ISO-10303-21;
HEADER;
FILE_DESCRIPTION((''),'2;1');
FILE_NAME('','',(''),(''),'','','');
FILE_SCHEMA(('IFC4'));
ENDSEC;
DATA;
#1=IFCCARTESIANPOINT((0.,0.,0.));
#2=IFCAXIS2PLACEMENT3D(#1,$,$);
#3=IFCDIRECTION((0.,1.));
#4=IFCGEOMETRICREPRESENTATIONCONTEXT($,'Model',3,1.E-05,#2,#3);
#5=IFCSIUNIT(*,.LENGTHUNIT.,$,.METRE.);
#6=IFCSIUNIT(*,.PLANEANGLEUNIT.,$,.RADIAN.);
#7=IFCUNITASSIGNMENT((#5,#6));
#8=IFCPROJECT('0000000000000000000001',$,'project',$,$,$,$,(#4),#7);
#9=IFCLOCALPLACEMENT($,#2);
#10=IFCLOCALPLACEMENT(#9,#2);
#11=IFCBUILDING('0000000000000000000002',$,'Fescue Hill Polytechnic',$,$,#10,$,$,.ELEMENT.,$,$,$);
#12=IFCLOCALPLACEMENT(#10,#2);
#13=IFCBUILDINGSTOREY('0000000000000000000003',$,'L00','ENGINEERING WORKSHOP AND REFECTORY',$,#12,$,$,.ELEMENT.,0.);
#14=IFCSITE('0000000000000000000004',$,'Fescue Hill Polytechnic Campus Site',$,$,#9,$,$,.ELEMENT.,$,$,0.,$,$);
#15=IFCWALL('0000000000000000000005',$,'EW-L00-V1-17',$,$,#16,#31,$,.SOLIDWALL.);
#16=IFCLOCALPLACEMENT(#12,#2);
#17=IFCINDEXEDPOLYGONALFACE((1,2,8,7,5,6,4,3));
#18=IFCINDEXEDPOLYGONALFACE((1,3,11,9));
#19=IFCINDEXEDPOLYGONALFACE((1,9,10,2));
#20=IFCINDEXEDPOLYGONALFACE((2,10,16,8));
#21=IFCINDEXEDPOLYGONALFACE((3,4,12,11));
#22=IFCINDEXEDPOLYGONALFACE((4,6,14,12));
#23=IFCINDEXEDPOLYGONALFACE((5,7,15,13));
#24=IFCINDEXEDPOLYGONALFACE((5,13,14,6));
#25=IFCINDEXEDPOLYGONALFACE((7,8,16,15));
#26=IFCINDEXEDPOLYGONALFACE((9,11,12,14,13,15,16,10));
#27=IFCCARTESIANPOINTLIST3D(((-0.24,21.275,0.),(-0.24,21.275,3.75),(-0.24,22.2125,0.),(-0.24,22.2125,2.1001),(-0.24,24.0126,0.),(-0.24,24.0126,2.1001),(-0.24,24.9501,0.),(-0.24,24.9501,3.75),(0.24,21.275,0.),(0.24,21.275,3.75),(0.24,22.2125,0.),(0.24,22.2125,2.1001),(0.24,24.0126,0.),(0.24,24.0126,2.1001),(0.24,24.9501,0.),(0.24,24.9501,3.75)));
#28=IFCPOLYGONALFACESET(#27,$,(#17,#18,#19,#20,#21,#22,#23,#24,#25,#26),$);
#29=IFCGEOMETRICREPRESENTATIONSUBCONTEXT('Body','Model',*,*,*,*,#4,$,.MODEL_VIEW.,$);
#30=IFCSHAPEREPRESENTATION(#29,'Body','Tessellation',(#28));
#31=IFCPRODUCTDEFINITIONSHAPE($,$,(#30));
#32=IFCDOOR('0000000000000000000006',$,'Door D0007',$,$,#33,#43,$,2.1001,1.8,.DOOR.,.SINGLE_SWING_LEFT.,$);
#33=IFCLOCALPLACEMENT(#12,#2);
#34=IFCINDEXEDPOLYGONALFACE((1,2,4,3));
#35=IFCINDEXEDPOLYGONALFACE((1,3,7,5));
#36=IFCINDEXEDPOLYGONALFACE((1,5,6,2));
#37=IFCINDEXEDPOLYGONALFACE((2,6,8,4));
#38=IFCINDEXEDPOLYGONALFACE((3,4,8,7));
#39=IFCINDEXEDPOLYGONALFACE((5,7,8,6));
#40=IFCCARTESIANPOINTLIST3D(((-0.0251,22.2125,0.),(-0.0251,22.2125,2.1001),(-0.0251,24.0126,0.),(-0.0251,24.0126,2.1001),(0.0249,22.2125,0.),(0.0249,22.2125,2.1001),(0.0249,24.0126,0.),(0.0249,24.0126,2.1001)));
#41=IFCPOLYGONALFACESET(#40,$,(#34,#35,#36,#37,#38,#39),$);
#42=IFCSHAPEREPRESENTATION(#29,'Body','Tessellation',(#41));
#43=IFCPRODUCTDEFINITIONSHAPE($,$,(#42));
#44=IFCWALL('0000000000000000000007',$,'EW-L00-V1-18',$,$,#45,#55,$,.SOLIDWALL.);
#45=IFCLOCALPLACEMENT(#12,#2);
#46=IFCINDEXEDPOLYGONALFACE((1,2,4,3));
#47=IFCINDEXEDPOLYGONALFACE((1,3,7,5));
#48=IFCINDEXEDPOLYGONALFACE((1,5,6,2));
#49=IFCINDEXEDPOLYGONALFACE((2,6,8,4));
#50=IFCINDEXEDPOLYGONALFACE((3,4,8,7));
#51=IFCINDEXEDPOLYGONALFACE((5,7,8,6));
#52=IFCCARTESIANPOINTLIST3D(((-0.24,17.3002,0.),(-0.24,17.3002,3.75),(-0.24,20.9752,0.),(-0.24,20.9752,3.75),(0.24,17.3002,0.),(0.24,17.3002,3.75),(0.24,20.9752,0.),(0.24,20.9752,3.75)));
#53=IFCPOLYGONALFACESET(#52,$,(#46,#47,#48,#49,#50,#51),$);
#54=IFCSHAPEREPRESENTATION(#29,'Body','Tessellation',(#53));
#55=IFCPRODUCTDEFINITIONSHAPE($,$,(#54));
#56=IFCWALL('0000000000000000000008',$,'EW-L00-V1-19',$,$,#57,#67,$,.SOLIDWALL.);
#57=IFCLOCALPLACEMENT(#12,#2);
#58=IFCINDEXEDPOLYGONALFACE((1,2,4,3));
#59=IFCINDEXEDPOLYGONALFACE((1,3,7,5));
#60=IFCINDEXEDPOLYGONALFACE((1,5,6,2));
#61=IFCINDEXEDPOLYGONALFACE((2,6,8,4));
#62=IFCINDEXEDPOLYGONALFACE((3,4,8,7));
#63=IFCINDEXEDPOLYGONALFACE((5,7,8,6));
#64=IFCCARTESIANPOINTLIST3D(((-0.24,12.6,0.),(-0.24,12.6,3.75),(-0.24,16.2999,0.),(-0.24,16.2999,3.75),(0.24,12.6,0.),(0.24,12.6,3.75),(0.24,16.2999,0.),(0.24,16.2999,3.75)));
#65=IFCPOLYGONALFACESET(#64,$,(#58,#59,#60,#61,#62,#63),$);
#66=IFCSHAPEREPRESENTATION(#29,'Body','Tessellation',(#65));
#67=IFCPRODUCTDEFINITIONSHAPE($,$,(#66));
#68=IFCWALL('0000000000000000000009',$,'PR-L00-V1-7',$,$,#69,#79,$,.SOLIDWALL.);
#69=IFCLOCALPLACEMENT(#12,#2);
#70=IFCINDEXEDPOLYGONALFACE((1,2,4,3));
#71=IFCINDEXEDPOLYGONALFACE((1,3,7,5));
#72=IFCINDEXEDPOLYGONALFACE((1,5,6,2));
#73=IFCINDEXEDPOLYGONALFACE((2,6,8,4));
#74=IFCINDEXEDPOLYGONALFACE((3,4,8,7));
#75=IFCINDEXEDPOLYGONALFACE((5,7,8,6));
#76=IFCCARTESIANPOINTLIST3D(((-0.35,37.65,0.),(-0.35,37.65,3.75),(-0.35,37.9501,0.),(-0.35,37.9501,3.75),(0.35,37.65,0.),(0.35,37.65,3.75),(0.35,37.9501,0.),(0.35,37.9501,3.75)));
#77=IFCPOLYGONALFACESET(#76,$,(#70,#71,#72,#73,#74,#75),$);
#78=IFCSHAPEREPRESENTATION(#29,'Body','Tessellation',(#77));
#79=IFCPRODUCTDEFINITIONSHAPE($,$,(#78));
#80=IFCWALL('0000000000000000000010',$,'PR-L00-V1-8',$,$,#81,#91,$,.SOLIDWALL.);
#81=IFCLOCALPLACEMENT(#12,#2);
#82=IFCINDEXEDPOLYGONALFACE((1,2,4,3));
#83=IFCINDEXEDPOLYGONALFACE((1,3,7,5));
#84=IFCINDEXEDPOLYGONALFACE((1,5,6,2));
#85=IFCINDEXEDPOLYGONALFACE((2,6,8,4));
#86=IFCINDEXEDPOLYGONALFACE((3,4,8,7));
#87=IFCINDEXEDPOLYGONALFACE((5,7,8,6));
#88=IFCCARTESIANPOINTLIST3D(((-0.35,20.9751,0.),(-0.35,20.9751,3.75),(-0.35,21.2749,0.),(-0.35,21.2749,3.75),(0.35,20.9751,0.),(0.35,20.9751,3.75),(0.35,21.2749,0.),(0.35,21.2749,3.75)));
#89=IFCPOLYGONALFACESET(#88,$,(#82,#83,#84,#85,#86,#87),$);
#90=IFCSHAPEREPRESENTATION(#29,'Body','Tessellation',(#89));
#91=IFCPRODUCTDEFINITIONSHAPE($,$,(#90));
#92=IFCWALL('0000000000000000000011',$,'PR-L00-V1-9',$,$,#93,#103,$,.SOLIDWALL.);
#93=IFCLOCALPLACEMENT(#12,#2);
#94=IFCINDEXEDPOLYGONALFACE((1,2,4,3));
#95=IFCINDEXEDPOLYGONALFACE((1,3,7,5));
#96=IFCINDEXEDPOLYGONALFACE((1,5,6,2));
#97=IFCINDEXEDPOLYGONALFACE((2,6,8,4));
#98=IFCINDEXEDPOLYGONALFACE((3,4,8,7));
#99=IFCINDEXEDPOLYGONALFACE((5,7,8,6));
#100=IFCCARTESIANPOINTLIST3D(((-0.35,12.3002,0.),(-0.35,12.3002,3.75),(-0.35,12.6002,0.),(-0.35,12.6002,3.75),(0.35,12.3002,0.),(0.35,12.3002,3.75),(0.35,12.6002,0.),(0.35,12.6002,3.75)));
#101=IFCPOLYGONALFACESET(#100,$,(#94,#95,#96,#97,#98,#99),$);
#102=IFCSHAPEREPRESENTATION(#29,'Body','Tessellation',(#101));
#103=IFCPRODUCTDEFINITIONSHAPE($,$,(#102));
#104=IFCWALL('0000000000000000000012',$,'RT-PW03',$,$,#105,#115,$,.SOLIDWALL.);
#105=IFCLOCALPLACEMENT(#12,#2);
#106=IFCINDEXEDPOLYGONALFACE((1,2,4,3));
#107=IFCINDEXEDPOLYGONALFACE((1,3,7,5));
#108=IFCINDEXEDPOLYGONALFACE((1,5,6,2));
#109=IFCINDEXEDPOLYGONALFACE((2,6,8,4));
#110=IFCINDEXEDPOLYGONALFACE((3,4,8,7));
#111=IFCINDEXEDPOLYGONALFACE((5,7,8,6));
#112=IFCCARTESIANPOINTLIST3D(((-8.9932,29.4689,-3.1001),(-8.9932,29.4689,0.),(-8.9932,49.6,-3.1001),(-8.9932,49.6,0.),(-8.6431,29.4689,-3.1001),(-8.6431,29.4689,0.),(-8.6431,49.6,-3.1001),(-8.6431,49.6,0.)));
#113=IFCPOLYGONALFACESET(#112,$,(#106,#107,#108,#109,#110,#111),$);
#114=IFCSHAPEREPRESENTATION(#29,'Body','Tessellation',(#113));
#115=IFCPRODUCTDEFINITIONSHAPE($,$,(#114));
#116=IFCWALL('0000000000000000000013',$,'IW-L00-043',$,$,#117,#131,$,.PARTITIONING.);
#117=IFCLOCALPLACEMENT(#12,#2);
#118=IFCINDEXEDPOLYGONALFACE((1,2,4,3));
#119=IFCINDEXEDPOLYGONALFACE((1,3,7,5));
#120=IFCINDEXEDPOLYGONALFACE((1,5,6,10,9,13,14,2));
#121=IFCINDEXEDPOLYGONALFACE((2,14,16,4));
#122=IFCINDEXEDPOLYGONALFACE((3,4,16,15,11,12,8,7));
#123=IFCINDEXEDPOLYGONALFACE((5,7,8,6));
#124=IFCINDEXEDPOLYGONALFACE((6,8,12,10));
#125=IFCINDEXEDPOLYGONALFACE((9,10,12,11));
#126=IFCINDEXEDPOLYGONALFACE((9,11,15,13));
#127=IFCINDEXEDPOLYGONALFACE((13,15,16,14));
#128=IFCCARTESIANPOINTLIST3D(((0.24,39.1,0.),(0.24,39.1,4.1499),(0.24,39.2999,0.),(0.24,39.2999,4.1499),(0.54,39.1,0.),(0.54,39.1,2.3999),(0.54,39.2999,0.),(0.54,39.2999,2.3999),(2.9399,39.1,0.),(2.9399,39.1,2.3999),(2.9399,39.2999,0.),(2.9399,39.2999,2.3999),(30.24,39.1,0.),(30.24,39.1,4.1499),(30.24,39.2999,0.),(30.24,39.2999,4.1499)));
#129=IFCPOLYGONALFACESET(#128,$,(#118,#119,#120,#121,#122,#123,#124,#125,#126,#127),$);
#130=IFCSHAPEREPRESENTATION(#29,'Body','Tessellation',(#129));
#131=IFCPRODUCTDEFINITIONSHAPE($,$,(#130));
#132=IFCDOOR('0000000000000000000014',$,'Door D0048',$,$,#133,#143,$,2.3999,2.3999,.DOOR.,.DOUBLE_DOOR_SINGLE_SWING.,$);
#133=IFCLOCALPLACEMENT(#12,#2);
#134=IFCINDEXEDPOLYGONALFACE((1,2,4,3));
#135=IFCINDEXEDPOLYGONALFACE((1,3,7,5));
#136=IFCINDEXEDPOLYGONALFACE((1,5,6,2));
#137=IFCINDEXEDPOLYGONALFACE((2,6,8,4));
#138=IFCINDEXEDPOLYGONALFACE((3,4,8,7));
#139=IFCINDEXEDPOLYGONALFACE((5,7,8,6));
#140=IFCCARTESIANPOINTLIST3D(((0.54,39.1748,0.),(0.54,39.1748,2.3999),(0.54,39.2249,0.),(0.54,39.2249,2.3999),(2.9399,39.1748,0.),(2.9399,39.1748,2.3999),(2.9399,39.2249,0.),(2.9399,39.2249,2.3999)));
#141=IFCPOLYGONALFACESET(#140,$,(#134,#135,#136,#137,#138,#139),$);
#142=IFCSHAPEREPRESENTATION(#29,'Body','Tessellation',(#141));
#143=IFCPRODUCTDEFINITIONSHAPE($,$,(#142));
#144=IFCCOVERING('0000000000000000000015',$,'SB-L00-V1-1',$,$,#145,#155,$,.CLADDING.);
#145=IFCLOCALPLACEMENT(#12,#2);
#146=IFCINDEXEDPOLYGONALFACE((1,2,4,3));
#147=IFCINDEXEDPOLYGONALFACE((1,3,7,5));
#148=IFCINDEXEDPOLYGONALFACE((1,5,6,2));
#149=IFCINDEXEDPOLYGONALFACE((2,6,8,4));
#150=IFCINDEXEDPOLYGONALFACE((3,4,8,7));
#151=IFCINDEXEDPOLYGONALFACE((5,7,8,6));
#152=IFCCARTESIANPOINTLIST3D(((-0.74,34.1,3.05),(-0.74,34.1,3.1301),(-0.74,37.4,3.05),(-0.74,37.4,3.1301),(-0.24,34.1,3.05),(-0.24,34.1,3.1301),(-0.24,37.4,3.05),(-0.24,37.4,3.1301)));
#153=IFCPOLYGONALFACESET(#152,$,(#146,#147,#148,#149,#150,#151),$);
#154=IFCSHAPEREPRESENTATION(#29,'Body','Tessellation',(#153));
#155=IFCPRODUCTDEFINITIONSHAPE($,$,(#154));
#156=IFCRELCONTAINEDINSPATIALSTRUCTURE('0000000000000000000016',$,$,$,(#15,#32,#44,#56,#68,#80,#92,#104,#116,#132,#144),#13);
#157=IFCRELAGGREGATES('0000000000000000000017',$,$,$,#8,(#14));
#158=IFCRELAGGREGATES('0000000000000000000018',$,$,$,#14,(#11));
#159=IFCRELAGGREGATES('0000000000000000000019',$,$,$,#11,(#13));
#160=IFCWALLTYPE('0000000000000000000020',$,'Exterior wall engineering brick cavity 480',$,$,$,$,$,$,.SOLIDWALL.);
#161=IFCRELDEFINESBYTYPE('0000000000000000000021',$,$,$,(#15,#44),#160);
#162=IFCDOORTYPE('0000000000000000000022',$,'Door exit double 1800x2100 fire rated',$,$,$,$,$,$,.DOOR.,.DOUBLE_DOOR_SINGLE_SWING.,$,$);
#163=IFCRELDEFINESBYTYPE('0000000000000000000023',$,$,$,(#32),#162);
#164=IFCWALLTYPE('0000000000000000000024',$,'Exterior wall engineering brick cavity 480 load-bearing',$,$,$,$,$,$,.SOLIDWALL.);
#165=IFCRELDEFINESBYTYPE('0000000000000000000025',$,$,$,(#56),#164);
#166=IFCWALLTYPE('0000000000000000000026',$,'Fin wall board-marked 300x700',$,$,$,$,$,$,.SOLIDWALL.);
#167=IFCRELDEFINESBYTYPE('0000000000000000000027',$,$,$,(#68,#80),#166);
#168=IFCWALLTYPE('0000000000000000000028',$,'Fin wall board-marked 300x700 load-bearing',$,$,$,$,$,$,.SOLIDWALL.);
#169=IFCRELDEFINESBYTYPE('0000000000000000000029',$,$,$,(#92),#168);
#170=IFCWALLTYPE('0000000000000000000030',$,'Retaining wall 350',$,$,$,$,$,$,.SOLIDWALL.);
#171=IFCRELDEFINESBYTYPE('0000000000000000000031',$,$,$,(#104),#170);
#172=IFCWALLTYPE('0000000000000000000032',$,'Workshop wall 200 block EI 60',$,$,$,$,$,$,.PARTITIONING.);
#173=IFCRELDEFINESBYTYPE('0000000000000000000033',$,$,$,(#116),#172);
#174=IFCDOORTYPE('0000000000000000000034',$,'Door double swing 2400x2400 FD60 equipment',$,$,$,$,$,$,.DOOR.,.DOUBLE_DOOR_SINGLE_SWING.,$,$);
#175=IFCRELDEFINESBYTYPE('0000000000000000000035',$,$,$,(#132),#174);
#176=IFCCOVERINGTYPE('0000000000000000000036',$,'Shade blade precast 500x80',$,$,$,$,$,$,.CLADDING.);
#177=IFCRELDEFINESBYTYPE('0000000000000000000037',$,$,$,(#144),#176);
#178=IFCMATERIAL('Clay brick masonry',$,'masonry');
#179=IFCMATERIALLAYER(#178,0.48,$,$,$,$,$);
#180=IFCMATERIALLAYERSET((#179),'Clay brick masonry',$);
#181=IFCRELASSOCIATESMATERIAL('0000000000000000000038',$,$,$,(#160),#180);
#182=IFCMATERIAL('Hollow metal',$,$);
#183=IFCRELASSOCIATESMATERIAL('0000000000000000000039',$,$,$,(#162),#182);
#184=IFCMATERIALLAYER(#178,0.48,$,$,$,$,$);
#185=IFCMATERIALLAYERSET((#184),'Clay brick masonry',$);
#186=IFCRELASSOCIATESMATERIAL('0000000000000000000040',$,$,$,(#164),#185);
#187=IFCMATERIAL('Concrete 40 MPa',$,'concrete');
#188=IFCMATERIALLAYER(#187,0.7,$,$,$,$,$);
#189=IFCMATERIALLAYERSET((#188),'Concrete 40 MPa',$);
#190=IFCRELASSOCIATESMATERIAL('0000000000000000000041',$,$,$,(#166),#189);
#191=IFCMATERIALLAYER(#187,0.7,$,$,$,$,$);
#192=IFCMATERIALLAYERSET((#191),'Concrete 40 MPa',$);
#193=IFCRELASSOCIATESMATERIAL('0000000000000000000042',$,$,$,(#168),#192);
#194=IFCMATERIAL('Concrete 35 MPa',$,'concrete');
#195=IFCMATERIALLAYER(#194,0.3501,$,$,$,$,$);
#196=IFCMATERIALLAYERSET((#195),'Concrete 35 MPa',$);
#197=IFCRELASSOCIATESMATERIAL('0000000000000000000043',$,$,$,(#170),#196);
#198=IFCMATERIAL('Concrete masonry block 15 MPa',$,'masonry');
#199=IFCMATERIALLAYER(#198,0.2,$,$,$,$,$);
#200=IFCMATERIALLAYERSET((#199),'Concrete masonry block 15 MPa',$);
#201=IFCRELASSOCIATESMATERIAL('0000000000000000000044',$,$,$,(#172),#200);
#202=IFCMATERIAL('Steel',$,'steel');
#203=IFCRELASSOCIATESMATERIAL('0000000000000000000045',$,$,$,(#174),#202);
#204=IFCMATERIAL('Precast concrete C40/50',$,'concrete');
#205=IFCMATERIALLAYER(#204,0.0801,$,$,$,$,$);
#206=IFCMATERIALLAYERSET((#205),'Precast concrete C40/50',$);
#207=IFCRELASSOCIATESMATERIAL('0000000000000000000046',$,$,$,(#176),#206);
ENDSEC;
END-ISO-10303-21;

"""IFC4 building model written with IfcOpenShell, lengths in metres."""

from ifc_helpers import new_model, si_unit, direction, frame, frame_2d, origin, origin_2d, place, context, subcontext, project, spatial, rectangle, extrude, material, layer, layer_set, type_object, element, fill, save


model = new_model("IFC4")

# Units and contexts
model_context = context("Model", 3, precision=1e-05, world=origin(), true_north=direction((0.0, 1.0)))
body_context = subcontext(model_context, "Body", "Model", "MODEL_VIEW")
ifc_project = project(units=[si_unit("LENGTHUNIT", "METRE"), si_unit("PLANEANGLEUNIT", "RADIAN")], contexts=[model_context])

# Site, building, storey
site_placement = place(None, origin())
site = spatial("IfcSite", under=ifc_project, at=site_placement, Name="Fescue Hill Polytechnic Campus Site", CompositionType="ELEMENT", RefElevation=0.0)
building_placement = place(site_placement, origin())
building = spatial("IfcBuilding", under=site, at=building_placement, Name="Fescue Hill Polytechnic", CompositionType="ELEMENT")
storey_placement = place(building_placement, origin())
storey = spatial("IfcBuildingStorey", under=building, at=storey_placement, Name="L00", Description="ENGINEERING WORKSHOP AND REFECTORY", CompositionType="ELEMENT", Elevation=0.0)

# Shared definitions
ifc_material_1 = material(Name="Concrete 40 MPa", Category="concrete")

# Shared definitions
ifc_material_2 = material(Name="Clay brick masonry", Category="masonry")
ifc_layer_1 = layer(ifc_material_2, 0.48)
ifc_layer_set_1 = layer_set([ifc_layer_1], Name="Clay brick masonry")
wall_type_1 = type_object("IfcWallType", Name="Exterior wall engineering brick cavity 480", PredefinedType="SOLIDWALL", material=ifc_layer_set_1)
ifc_material_3 = material(Name="Hollow metal")

# Wall, opening, door
wall_1_placement = place(storey_placement, frame((0.0, 24.95, 0.0), z_axis=(0.0, 0.0, 1.0), x_axis=(0.0, -1.0, 0.0)))
wall_1 = element("IfcWall", 1, at=wall_1_placement, inside=storey, type_object=wall_type_1, Name="EW-L00-V1-17", PredefinedType="SOLIDWALL", context=body_context, shape_type="SweptSolid", body=[
    extrude(rectangle(XDim=3.675, YDim=0.48, at=frame_2d((1.8374, 0.0))), origin(), (0.0, 0.0, 1.0), 3.75),
])
opening_1_placement = place(wall_1_placement, frame((0.9375, 0.0, 0.0)))
opening_1 = element("IfcOpeningElement", 2, at=opening_1_placement, cuts=wall_1, PredefinedType="OPENING", context=body_context, shape_type="SweptSolid", body=[
    extrude(rectangle(XDim=1.8, YDim=2.1001, at=frame_2d((0.8999, 1.05))), frame((0.0, 0.25, 0.0), z_axis=(0.0, -1.0, 0.0), x_axis=(1.0, 0.0, 0.0)), (0.0, 0.0, 1.0), 0.5),
])
door_type_1 = type_object("IfcDoorType", Name="Door exit double 1800x2100 fire rated", OperationType="DOUBLE_DOOR_SINGLE_SWING", PredefinedType="DOOR", material=ifc_material_3)
door_1_placement = place(opening_1_placement, origin())
door_1 = element("IfcDoor", 3, at=door_1_placement, inside=storey, type_object=door_type_1, Name="Door D0007", OperationType="SINGLE_SWING_LEFT", OverallHeight=2.1001, OverallWidth=1.8, PredefinedType="DOOR", context=body_context, shape_type="SweptSolid", body=[
    extrude(rectangle(XDim=1.8, YDim=2.1001, at=frame_2d((0.8999, 1.05))), frame((0.0, 0.0249, 0.0), z_axis=(0.0, -1.0, 0.0), x_axis=(1.0, 0.0, 0.0)), (0.0, 0.0, 1.0), 0.05),
])
fill(opening_1, door_1)

# Walls
wall_2_placement = place(storey_placement, frame((0.0, 20.9751, 0.0), z_axis=(0.0, 0.0, 1.0), x_axis=(0.0, -1.0, 0.0)))
element("IfcWall", 4, at=wall_2_placement, inside=storey, type_object=wall_type_1, Name="EW-L00-V1-18", PredefinedType="SOLIDWALL", context=body_context, shape_type="SweptSolid", body=[
    extrude(rectangle(XDim=3.675, YDim=0.48, at=frame_2d((1.8374, 0.0))), origin(), (0.0, 0.0, 1.0), 3.75),
])
ifc_layer_2 = layer(ifc_material_2, 0.48)
ifc_layer_set_2 = layer_set([ifc_layer_2], Name="Clay brick masonry")
wall_type_2 = type_object("IfcWallType", Name="Exterior wall engineering brick cavity 480 load-bearing", PredefinedType="SOLIDWALL", material=ifc_layer_set_2)
wall_3_placement = place(storey_placement, frame((0.0, 16.3, 0.0), z_axis=(0.0, 0.0, 1.0), x_axis=(0.0, -1.0, 0.0)))
element("IfcWall", 5, at=wall_3_placement, inside=storey, type_object=wall_type_2, Name="EW-L00-V1-19", PredefinedType="SOLIDWALL", context=body_context, shape_type="SweptSolid", body=[
    extrude(rectangle(XDim=3.7, YDim=0.48, at=frame_2d((1.8501, 0.0))), origin(), (0.0, 0.0, 1.0), 3.75),
])
ifc_layer_3 = layer(ifc_material_1, 0.7)
ifc_layer_set_3 = layer_set([ifc_layer_3], Name="Concrete 40 MPa")
wall_type_3 = type_object("IfcWallType", Name="Fin wall board-marked 300x700", PredefinedType="SOLIDWALL", material=ifc_layer_set_3)
wall_4_placement = place(storey_placement, frame((0.0, 37.95, 0.0), z_axis=(0.0, 0.0, 1.0), x_axis=(0.0, -1.0, 0.0)))
element("IfcWall", 6, at=wall_4_placement, inside=storey, type_object=wall_type_3, Name="PR-L00-V1-7", PredefinedType="SOLIDWALL", context=body_context, shape_type="SweptSolid", body=[
    extrude(rectangle(XDim=0.3, YDim=0.7, at=frame_2d((0.1499, 0.0))), origin(), (0.0, 0.0, 1.0), 3.75),
])
wall_5_placement = place(storey_placement, frame((0.0, 21.2749, 0.0), z_axis=(0.0, 0.0, 1.0), x_axis=(0.0, -1.0, 0.0)))
element("IfcWall", 7, at=wall_5_placement, inside=storey, type_object=wall_type_3, Name="PR-L00-V1-8", PredefinedType="SOLIDWALL", context=body_context, shape_type="SweptSolid", body=[
    extrude(rectangle(XDim=0.2998, YDim=0.7, at=frame_2d((0.1499, 0.0))), origin(), (0.0, 0.0, 1.0), 3.75),
])
ifc_layer_4 = layer(ifc_material_1, 0.7)
ifc_layer_set_4 = layer_set([ifc_layer_4], Name="Concrete 40 MPa")
wall_type_4 = type_object("IfcWallType", Name="Fin wall board-marked 300x700 load-bearing", PredefinedType="SOLIDWALL", material=ifc_layer_set_4)
wall_6_placement = place(storey_placement, frame((0.0, 12.6001, 0.0), z_axis=(0.0, 0.0, 1.0), x_axis=(0.0, -1.0, 0.0)))
element("IfcWall", 8, at=wall_6_placement, inside=storey, type_object=wall_type_4, Name="PR-L00-V1-9", PredefinedType="SOLIDWALL", context=body_context, shape_type="SweptSolid", body=[
    extrude(rectangle(XDim=0.3, YDim=0.7, at=frame_2d((0.1499, 0.0))), origin(), (0.0, 0.0, 1.0), 3.75),
])
ifc_material_4 = material(Name="Concrete 35 MPa", Category="concrete")
ifc_layer_5 = layer(ifc_material_4, 0.3501)
ifc_layer_set_5 = layer_set([ifc_layer_5], Name="Concrete 35 MPa")
wall_type_5 = type_object("IfcWallType", Name="Retaining wall 350", PredefinedType="SOLIDWALL", material=ifc_layer_set_5)
wall_7_placement = place(storey_placement, frame((-8.8181, 29.469, -3.1001), z_axis=(0.0, 0.0, 1.0), x_axis=(0.0, 1.0, 0.0)))
element("IfcWall", 9, at=wall_7_placement, inside=storey, type_object=wall_type_5, Name="RT-PW03", PredefinedType="SOLIDWALL", context=body_context, shape_type="SweptSolid", body=[
    extrude(rectangle(XDim=20.1311, YDim=0.3501, at=frame_2d((10.0654, 0.0))), origin(), (0.0, 0.0, 1.0), 3.1001),
])

# Wall, opening, door
ifc_material_5 = material(Name="Concrete masonry block 15 MPa", Category="masonry")
ifc_layer_6 = layer(ifc_material_5, 0.2)
ifc_layer_set_6 = layer_set([ifc_layer_6], Name="Concrete masonry block 15 MPa")
wall_type_6 = type_object("IfcWallType", Name="Workshop wall 200 block EI 60", PredefinedType="PARTITIONING", material=ifc_layer_set_6)
wall_8_placement = place(storey_placement, frame((0.24, 39.2, 0.0), z_axis=(0.0, 0.0, 1.0), x_axis=(1.0, 0.0, 0.0)))
wall_8 = element("IfcWall", 10, at=wall_8_placement, inside=storey, type_object=wall_type_6, Name="IW-L00-043", PredefinedType="PARTITIONING", context=body_context, shape_type="SweptSolid", body=[
    extrude(rectangle(XDim=30.0, YDim=0.2, at=frame_2d((15.0, 0.0))), origin(), (0.0, 0.0, 1.0), 4.1499),
])
opening_2_placement = place(wall_8_placement, frame((0.3, 0.0, 0.0)))
opening_2 = element("IfcOpeningElement", 11, at=opening_2_placement, cuts=wall_8, PredefinedType="OPENING", context=body_context, shape_type="SweptSolid", body=[
    extrude(rectangle(XDim=2.3999, YDim=2.3999, at=frame_2d((1.2, 1.2))), frame((0.0, 0.1099, 0.0), z_axis=(0.0, -1.0, 0.0), x_axis=(1.0, 0.0, 0.0)), (0.0, 0.0, 1.0), 0.22),
])
ifc_material_6 = material(Name="Steel", Category="steel")
door_type_2 = type_object("IfcDoorType", Name="Door double swing 2400x2400 FD60 equipment", OperationType="DOUBLE_DOOR_SINGLE_SWING", PredefinedType="DOOR", material=ifc_material_6)
door_2_placement = place(opening_2_placement, origin())
door_2 = element("IfcDoor", 12, at=door_2_placement, inside=storey, type_object=door_type_2, Name="Door D0048", OperationType="DOUBLE_DOOR_SINGLE_SWING", OverallHeight=2.3999, OverallWidth=2.3999, PredefinedType="DOOR", context=body_context, shape_type="SweptSolid", body=[
    extrude(rectangle(XDim=2.3999, YDim=2.3999, at=frame_2d((1.2, 1.2))), frame((0.0, 0.0249, 0.0), z_axis=(0.0, -1.0, 0.0), x_axis=(1.0, 0.0, 0.0)), (0.0, 0.0, 1.0), 0.05),
])
fill(opening_2, door_2)

# Covering
ifc_material_7 = material(Name="Precast concrete C40/50", Category="concrete")
ifc_layer_7 = layer(ifc_material_7, 0.0801)
ifc_layer_set_7 = layer_set([ifc_layer_7], Name="Precast concrete C40/50")
covering_type = type_object("IfcCoveringType", Name="Shade blade precast 500x80", PredefinedType="CLADDING", material=ifc_layer_set_7)
covering_placement = place(storey_placement, frame((-0.49, 35.75, 3.05), z_axis=(0.0, 0.0, 1.0), x_axis=(0.0, -1.0, 0.0)))
element("IfcCovering", 13, at=covering_placement, inside=storey, type_object=covering_type, Name="SB-L00-V1-1", PredefinedType="CLADDING", context=body_context, shape_type="SweptSolid", body=[
    extrude(rectangle(XDim=3.3, YDim=0.5, at=origin_2d()), origin(), (0.0, 0.0, 1.0), 0.0801),
])

save(model, "model.ifc")
